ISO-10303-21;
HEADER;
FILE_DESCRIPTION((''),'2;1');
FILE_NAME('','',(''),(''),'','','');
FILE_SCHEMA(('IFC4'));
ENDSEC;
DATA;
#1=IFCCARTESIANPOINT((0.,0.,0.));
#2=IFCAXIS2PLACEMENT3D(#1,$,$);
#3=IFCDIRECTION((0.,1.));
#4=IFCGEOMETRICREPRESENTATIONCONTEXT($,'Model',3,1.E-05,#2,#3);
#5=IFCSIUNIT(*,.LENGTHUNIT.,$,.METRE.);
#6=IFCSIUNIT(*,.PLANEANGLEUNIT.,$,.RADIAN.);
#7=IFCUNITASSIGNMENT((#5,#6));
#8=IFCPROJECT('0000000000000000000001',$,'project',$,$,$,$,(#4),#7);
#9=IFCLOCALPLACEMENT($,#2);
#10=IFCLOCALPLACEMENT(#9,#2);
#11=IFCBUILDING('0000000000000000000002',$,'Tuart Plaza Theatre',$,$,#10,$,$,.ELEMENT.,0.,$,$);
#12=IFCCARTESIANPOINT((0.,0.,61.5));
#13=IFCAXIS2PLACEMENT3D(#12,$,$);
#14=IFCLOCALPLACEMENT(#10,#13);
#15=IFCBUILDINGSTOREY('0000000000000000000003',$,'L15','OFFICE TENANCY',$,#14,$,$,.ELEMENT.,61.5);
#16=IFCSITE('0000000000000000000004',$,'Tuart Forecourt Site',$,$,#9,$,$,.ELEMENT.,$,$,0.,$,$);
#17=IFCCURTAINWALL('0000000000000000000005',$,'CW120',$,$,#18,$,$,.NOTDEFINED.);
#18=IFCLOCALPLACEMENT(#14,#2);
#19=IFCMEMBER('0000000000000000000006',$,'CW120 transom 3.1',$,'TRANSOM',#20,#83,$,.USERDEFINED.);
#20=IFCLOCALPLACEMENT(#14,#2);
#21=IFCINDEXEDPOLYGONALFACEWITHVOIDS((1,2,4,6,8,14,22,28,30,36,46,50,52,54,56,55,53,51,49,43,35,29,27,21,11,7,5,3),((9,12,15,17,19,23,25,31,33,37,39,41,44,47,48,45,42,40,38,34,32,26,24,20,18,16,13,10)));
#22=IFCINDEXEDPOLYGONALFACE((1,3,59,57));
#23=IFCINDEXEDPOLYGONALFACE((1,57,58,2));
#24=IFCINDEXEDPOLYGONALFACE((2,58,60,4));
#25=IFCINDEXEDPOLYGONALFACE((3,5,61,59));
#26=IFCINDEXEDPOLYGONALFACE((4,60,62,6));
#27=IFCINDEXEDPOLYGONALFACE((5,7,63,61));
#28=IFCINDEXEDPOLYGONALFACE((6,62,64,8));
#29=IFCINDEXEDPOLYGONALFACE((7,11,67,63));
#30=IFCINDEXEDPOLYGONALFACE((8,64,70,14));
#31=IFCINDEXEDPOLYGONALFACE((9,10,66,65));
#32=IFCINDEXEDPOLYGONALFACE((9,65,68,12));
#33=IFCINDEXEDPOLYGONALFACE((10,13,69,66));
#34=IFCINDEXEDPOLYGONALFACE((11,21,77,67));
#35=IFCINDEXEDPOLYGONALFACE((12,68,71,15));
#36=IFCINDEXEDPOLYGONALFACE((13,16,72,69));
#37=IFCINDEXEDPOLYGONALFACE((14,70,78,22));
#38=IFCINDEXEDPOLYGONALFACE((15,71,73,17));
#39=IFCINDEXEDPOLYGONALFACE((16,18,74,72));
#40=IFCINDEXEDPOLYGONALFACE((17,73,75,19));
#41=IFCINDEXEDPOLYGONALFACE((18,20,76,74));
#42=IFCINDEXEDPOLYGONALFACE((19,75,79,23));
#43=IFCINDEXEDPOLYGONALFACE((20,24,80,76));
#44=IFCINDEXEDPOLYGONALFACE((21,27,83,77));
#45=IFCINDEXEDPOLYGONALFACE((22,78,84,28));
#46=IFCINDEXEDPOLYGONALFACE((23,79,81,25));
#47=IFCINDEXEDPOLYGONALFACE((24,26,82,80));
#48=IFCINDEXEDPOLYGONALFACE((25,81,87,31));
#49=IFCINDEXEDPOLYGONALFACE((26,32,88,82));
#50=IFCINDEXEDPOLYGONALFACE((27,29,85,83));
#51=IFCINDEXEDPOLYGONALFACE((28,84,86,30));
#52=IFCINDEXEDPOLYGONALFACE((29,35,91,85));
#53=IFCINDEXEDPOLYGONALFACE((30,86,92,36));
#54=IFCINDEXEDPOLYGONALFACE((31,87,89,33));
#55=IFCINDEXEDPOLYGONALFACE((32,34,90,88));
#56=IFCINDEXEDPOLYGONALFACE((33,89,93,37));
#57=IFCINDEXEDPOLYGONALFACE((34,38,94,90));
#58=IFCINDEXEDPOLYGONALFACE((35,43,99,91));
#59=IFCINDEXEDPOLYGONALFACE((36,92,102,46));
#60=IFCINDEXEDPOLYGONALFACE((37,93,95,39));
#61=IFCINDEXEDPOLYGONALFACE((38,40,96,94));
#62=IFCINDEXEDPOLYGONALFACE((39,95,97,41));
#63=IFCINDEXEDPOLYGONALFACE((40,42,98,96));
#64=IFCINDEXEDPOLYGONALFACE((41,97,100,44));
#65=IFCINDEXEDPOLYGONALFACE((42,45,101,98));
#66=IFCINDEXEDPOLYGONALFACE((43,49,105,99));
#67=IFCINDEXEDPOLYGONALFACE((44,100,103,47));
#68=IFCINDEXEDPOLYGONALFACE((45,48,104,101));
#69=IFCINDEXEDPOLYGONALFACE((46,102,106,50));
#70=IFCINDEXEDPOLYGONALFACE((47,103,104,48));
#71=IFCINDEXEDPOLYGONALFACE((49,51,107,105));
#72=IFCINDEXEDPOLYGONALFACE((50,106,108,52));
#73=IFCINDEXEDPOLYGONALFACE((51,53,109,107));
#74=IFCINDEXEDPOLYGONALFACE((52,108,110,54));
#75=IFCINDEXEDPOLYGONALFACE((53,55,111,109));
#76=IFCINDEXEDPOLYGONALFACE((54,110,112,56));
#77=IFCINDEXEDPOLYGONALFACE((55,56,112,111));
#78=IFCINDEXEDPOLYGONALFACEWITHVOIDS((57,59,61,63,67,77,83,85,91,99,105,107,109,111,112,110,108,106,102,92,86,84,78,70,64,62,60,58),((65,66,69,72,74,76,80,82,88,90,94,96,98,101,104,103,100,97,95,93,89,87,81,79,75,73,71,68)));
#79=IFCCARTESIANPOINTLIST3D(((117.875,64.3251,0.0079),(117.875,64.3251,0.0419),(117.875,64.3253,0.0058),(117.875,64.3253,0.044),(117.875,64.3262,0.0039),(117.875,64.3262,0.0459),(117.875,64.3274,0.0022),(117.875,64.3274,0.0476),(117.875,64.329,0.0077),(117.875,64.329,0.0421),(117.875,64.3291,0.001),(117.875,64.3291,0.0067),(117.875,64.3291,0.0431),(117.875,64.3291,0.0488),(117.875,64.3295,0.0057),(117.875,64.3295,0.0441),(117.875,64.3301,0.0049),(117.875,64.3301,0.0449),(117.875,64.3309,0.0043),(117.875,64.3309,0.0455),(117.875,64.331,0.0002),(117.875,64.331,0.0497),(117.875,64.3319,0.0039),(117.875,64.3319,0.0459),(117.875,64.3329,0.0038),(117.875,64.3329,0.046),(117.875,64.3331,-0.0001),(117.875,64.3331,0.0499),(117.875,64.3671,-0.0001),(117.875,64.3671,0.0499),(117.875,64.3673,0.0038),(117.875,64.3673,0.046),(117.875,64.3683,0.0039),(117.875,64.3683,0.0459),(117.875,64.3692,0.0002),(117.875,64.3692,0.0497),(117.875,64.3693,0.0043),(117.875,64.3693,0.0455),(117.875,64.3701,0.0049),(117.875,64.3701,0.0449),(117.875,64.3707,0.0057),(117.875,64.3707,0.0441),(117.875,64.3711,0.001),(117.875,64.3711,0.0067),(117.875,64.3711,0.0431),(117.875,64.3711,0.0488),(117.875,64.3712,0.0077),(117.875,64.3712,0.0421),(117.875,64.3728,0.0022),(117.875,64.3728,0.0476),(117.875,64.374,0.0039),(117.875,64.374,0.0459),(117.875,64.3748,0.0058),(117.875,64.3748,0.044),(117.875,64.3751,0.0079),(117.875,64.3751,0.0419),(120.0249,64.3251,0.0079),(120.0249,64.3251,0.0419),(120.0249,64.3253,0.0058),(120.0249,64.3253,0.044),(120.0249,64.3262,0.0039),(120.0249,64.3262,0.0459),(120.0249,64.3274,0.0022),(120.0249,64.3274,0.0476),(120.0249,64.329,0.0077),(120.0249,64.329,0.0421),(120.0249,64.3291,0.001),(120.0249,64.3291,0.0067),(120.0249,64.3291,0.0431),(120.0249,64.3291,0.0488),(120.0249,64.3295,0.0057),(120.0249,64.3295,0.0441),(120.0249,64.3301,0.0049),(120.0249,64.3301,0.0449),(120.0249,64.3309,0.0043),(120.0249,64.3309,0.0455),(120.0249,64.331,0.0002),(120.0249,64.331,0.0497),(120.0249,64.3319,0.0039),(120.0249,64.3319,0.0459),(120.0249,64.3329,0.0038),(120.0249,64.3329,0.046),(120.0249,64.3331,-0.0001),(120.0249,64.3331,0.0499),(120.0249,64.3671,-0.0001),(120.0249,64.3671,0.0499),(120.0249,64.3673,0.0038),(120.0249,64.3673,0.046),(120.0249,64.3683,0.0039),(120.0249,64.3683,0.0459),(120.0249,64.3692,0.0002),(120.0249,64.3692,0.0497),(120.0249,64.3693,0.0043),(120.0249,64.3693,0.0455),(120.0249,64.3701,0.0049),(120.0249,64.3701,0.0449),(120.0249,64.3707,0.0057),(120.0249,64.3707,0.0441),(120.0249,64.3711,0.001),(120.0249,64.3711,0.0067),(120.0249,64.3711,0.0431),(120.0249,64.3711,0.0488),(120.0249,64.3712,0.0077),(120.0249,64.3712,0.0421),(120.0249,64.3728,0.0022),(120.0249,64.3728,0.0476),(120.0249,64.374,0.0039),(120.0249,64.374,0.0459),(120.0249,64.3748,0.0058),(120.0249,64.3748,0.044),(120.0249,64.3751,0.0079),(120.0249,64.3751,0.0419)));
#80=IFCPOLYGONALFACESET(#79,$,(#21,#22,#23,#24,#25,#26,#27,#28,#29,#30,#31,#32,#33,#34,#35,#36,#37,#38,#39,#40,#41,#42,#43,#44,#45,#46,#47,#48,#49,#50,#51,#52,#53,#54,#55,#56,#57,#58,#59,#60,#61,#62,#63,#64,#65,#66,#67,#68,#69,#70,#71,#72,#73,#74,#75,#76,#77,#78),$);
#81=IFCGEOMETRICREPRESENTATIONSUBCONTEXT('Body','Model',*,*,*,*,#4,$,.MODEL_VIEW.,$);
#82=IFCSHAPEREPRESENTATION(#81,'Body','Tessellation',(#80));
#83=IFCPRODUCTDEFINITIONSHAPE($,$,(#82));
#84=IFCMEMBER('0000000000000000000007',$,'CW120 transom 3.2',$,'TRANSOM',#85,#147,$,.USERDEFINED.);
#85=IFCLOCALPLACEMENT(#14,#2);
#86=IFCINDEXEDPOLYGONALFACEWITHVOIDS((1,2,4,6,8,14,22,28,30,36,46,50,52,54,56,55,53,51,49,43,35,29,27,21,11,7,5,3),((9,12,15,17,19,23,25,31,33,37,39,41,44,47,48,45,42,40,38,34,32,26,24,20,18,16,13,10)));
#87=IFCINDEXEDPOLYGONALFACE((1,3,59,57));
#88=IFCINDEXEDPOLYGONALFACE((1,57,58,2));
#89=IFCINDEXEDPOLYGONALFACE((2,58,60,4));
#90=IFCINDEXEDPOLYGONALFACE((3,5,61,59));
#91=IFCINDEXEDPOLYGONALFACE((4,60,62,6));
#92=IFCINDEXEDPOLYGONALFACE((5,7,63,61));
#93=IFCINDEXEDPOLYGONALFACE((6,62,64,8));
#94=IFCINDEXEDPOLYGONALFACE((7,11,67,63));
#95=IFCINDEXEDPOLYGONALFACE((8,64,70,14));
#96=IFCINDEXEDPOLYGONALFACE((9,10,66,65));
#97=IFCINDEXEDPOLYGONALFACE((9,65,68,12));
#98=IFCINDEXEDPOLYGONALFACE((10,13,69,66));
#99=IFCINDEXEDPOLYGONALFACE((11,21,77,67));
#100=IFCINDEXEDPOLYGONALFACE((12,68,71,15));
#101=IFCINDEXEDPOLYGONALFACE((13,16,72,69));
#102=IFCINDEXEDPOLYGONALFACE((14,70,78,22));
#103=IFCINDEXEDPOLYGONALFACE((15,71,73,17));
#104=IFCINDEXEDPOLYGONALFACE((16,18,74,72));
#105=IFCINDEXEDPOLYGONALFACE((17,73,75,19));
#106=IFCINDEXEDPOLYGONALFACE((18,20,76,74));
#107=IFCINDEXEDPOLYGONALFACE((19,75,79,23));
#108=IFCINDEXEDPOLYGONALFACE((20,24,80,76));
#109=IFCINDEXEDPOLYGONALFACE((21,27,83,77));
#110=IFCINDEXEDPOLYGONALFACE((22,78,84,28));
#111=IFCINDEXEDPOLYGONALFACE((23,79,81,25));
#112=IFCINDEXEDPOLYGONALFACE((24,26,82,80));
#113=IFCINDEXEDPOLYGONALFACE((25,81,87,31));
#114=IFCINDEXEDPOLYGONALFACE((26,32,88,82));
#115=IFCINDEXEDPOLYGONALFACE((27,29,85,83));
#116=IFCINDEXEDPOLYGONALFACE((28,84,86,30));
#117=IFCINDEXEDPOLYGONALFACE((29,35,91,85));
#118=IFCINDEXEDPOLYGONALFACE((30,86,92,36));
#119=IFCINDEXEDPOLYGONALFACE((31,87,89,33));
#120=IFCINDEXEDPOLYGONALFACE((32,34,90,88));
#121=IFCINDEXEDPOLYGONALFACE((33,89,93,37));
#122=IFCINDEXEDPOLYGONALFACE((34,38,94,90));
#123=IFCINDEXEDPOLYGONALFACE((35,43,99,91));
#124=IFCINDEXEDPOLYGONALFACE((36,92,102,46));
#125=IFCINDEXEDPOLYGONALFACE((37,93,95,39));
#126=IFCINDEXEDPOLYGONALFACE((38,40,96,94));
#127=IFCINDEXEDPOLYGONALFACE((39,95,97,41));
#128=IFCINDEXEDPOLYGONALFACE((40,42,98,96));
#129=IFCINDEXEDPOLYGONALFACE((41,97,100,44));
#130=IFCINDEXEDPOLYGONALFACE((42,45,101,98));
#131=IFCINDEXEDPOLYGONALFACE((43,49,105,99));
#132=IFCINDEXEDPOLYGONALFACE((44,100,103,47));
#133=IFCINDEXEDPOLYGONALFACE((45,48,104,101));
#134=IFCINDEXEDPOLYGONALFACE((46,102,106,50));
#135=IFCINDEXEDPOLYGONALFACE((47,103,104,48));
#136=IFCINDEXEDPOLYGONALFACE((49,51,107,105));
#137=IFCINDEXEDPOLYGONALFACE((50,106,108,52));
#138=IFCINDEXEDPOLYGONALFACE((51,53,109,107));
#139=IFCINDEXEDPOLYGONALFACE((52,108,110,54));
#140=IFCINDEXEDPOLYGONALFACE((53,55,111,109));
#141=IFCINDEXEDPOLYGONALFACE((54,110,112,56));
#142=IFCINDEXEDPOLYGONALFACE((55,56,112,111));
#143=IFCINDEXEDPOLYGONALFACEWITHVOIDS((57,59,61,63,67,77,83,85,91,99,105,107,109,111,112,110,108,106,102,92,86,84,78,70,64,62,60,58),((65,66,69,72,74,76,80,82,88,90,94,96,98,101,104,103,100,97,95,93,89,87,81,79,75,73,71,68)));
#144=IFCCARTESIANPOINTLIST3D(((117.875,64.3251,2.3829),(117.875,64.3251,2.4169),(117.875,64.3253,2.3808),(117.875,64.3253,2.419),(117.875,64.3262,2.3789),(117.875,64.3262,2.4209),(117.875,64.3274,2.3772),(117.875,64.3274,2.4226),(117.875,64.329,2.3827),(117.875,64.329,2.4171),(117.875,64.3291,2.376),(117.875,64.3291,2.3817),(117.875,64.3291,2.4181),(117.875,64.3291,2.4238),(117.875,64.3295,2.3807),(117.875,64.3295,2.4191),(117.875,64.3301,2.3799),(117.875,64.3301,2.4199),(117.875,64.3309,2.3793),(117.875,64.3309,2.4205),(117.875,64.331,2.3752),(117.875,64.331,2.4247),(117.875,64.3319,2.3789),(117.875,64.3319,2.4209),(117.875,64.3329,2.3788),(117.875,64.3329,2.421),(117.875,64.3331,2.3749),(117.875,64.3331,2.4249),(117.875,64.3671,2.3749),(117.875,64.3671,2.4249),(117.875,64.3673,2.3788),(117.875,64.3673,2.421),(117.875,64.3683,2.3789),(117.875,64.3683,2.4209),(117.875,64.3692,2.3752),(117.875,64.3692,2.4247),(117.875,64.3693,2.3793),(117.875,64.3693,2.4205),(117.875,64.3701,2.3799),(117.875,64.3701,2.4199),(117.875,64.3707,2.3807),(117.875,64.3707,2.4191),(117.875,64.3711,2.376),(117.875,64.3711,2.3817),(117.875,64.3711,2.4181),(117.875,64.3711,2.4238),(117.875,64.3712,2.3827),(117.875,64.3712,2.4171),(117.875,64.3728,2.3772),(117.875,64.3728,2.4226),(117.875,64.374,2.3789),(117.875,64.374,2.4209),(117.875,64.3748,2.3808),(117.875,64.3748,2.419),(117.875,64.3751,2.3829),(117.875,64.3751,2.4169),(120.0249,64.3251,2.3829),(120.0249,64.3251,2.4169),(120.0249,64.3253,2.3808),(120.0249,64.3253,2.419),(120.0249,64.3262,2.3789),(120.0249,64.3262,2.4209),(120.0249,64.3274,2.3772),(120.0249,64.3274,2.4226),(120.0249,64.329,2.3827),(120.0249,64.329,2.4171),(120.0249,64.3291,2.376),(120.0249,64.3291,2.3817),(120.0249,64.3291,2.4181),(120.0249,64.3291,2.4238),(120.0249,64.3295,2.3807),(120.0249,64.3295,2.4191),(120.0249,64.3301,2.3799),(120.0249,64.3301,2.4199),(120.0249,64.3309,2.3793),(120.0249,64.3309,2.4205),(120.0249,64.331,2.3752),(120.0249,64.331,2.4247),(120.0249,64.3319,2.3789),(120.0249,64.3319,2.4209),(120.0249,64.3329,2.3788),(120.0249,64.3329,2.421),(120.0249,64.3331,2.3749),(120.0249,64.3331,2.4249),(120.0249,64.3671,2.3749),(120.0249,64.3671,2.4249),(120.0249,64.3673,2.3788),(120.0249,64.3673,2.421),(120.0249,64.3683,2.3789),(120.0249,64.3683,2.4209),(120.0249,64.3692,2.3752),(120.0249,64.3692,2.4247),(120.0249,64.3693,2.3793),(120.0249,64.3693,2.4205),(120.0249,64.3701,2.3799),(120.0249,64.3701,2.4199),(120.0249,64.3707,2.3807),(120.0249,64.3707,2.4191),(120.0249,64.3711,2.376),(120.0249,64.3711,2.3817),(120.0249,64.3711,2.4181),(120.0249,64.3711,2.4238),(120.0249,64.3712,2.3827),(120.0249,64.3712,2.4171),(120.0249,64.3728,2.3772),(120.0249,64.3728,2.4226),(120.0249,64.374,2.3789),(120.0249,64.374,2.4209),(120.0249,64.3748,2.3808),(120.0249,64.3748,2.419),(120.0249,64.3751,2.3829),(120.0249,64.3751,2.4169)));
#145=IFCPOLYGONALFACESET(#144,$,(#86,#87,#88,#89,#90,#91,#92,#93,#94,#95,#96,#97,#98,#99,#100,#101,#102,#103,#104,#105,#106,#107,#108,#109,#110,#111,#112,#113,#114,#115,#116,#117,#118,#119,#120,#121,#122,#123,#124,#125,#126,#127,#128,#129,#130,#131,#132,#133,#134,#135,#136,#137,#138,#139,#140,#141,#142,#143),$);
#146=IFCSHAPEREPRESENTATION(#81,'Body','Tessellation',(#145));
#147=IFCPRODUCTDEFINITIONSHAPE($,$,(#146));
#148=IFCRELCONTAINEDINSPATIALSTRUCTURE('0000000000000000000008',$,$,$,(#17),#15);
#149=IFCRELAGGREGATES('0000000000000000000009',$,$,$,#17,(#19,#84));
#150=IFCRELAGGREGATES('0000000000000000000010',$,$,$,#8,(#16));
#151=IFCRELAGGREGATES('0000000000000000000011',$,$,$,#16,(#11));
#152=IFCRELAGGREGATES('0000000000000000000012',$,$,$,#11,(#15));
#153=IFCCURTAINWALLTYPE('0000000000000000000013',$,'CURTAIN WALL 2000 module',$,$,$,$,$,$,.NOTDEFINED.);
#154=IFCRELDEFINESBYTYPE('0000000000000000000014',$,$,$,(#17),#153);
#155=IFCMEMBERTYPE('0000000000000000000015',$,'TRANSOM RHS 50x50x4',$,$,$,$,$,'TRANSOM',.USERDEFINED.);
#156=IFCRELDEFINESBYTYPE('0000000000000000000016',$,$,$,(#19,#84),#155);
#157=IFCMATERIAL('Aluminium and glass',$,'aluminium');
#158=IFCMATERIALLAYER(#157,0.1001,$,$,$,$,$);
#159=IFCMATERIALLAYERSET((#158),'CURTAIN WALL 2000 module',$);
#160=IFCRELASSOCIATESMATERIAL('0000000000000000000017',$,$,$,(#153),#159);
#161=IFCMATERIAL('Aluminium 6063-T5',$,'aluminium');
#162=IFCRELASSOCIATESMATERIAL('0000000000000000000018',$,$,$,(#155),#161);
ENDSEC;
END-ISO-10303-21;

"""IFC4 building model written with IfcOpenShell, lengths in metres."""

from ifc_helpers import new_model, si_unit, direction, frame, origin, origin_2d, place, context, subcontext, project, spatial, hollow_rectangle, extrude, material, layer, layer_set, material_profile, profile_set, type_object, element, aggregate, save


model = new_model("IFC4")

# Units and contexts
model_context = context("Model", 3, precision=1e-05, world=origin(), true_north=direction((0.0, 1.0)))
body_context = subcontext(model_context, "Body", "Model", "MODEL_VIEW")
ifc_project = project(units=[si_unit("LENGTHUNIT", "METRE"), si_unit("PLANEANGLEUNIT", "RADIAN")], contexts=[model_context])

# Site, building, storey
site_placement = place(None, origin())
site = spatial("IfcSite", under=ifc_project, at=site_placement, Name="Tuart Forecourt Site", CompositionType="ELEMENT", RefElevation=0.0)
building_placement = place(site_placement, origin())
building = spatial("IfcBuilding", under=site, at=building_placement, Name="Tuart Plaza Theatre", CompositionType="ELEMENT", ElevationOfRefHeight=0.0)
storey_placement = place(building_placement, frame((0.0, 0.0, 61.5)))
storey = spatial("IfcBuildingStorey", under=building, at=storey_placement, Name="L15", Description="OFFICE TENANCY", CompositionType="ELEMENT", Elevation=61.5)

# Curtain wall
ifc_material_1 = material(Name="Aluminium and glass", Category="aluminium")
ifc_layer_1 = layer(ifc_material_1, 0.1001)
ifc_layer_set_1 = layer_set([ifc_layer_1], Name="CURTAIN WALL 2000 module")
curtain_wall_type = type_object("IfcCurtainWallType", Name="CURTAIN WALL 2000 module", PredefinedType="NOTDEFINED", material=ifc_layer_set_1)
curtain_wall_1_placement = place(storey_placement, origin())
curtain_wall_1 = element("IfcCurtainWall", 1, at=curtain_wall_1_placement, inside=storey, type_object=curtain_wall_type, Name="CW120", PredefinedType="NOTDEFINED")

# Members
ifc_material_2 = material(Name="Aluminium 6063-T5", Category="aluminium")
ifc_material_profile_1 = material_profile(ifc_material_2, hollow_rectangle(XDim=0.05, YDim=0.05, WallThickness=0.0039, InnerFilletRadius=0.0039, OuterFilletRadius=0.0081, at=origin_2d()), Name="RHS 50x50x4")
ifc_profile_set_1 = profile_set([ifc_material_profile_1], Name="Aluminium 6063-T5")
member_type_1 = type_object("IfcMemberType", Name="TRANSOM RHS 50x50x4", ElementType="TRANSOM", PredefinedType="USERDEFINED", material=ifc_profile_set_1)
member_1_placement = place(storey_placement, frame((117.875, 64.3501, 0.0249), z_axis=(1.0, 0.0, 0.0), x_axis=(0.0, 1.0, 0.0)))
member_1 = element("IfcMember", 2, at=member_1_placement, type_object=member_type_1, Name="CW120 transom 3.1", ObjectType="TRANSOM", PredefinedType="USERDEFINED", context=body_context, shape_type="SweptSolid", body=[
    extrude(hollow_rectangle(XDim=0.05, YDim=0.05, WallThickness=0.0039, InnerFilletRadius=0.0039, OuterFilletRadius=0.0081, at=origin_2d()), origin(), (0.0, 0.0, 1.0), 2.1499),
])
member_2_placement = place(storey_placement, frame((117.875, 64.3501, 2.3999), z_axis=(1.0, 0.0, 0.0), x_axis=(0.0, 1.0, 0.0)))
member_2 = element("IfcMember", 3, at=member_2_placement, type_object=member_type_1, Name="CW120 transom 3.2", ObjectType="TRANSOM", PredefinedType="USERDEFINED", context=body_context, shape_type="SweptSolid", body=[
    extrude(hollow_rectangle(XDim=0.05, YDim=0.05, WallThickness=0.0039, InnerFilletRadius=0.0039, OuterFilletRadius=0.0081, at=origin_2d()), origin(), (0.0, 0.0, 1.0), 2.1499),
])

aggregate(curtain_wall_1, [member_1, member_2])

save(model, "model.ifc")
